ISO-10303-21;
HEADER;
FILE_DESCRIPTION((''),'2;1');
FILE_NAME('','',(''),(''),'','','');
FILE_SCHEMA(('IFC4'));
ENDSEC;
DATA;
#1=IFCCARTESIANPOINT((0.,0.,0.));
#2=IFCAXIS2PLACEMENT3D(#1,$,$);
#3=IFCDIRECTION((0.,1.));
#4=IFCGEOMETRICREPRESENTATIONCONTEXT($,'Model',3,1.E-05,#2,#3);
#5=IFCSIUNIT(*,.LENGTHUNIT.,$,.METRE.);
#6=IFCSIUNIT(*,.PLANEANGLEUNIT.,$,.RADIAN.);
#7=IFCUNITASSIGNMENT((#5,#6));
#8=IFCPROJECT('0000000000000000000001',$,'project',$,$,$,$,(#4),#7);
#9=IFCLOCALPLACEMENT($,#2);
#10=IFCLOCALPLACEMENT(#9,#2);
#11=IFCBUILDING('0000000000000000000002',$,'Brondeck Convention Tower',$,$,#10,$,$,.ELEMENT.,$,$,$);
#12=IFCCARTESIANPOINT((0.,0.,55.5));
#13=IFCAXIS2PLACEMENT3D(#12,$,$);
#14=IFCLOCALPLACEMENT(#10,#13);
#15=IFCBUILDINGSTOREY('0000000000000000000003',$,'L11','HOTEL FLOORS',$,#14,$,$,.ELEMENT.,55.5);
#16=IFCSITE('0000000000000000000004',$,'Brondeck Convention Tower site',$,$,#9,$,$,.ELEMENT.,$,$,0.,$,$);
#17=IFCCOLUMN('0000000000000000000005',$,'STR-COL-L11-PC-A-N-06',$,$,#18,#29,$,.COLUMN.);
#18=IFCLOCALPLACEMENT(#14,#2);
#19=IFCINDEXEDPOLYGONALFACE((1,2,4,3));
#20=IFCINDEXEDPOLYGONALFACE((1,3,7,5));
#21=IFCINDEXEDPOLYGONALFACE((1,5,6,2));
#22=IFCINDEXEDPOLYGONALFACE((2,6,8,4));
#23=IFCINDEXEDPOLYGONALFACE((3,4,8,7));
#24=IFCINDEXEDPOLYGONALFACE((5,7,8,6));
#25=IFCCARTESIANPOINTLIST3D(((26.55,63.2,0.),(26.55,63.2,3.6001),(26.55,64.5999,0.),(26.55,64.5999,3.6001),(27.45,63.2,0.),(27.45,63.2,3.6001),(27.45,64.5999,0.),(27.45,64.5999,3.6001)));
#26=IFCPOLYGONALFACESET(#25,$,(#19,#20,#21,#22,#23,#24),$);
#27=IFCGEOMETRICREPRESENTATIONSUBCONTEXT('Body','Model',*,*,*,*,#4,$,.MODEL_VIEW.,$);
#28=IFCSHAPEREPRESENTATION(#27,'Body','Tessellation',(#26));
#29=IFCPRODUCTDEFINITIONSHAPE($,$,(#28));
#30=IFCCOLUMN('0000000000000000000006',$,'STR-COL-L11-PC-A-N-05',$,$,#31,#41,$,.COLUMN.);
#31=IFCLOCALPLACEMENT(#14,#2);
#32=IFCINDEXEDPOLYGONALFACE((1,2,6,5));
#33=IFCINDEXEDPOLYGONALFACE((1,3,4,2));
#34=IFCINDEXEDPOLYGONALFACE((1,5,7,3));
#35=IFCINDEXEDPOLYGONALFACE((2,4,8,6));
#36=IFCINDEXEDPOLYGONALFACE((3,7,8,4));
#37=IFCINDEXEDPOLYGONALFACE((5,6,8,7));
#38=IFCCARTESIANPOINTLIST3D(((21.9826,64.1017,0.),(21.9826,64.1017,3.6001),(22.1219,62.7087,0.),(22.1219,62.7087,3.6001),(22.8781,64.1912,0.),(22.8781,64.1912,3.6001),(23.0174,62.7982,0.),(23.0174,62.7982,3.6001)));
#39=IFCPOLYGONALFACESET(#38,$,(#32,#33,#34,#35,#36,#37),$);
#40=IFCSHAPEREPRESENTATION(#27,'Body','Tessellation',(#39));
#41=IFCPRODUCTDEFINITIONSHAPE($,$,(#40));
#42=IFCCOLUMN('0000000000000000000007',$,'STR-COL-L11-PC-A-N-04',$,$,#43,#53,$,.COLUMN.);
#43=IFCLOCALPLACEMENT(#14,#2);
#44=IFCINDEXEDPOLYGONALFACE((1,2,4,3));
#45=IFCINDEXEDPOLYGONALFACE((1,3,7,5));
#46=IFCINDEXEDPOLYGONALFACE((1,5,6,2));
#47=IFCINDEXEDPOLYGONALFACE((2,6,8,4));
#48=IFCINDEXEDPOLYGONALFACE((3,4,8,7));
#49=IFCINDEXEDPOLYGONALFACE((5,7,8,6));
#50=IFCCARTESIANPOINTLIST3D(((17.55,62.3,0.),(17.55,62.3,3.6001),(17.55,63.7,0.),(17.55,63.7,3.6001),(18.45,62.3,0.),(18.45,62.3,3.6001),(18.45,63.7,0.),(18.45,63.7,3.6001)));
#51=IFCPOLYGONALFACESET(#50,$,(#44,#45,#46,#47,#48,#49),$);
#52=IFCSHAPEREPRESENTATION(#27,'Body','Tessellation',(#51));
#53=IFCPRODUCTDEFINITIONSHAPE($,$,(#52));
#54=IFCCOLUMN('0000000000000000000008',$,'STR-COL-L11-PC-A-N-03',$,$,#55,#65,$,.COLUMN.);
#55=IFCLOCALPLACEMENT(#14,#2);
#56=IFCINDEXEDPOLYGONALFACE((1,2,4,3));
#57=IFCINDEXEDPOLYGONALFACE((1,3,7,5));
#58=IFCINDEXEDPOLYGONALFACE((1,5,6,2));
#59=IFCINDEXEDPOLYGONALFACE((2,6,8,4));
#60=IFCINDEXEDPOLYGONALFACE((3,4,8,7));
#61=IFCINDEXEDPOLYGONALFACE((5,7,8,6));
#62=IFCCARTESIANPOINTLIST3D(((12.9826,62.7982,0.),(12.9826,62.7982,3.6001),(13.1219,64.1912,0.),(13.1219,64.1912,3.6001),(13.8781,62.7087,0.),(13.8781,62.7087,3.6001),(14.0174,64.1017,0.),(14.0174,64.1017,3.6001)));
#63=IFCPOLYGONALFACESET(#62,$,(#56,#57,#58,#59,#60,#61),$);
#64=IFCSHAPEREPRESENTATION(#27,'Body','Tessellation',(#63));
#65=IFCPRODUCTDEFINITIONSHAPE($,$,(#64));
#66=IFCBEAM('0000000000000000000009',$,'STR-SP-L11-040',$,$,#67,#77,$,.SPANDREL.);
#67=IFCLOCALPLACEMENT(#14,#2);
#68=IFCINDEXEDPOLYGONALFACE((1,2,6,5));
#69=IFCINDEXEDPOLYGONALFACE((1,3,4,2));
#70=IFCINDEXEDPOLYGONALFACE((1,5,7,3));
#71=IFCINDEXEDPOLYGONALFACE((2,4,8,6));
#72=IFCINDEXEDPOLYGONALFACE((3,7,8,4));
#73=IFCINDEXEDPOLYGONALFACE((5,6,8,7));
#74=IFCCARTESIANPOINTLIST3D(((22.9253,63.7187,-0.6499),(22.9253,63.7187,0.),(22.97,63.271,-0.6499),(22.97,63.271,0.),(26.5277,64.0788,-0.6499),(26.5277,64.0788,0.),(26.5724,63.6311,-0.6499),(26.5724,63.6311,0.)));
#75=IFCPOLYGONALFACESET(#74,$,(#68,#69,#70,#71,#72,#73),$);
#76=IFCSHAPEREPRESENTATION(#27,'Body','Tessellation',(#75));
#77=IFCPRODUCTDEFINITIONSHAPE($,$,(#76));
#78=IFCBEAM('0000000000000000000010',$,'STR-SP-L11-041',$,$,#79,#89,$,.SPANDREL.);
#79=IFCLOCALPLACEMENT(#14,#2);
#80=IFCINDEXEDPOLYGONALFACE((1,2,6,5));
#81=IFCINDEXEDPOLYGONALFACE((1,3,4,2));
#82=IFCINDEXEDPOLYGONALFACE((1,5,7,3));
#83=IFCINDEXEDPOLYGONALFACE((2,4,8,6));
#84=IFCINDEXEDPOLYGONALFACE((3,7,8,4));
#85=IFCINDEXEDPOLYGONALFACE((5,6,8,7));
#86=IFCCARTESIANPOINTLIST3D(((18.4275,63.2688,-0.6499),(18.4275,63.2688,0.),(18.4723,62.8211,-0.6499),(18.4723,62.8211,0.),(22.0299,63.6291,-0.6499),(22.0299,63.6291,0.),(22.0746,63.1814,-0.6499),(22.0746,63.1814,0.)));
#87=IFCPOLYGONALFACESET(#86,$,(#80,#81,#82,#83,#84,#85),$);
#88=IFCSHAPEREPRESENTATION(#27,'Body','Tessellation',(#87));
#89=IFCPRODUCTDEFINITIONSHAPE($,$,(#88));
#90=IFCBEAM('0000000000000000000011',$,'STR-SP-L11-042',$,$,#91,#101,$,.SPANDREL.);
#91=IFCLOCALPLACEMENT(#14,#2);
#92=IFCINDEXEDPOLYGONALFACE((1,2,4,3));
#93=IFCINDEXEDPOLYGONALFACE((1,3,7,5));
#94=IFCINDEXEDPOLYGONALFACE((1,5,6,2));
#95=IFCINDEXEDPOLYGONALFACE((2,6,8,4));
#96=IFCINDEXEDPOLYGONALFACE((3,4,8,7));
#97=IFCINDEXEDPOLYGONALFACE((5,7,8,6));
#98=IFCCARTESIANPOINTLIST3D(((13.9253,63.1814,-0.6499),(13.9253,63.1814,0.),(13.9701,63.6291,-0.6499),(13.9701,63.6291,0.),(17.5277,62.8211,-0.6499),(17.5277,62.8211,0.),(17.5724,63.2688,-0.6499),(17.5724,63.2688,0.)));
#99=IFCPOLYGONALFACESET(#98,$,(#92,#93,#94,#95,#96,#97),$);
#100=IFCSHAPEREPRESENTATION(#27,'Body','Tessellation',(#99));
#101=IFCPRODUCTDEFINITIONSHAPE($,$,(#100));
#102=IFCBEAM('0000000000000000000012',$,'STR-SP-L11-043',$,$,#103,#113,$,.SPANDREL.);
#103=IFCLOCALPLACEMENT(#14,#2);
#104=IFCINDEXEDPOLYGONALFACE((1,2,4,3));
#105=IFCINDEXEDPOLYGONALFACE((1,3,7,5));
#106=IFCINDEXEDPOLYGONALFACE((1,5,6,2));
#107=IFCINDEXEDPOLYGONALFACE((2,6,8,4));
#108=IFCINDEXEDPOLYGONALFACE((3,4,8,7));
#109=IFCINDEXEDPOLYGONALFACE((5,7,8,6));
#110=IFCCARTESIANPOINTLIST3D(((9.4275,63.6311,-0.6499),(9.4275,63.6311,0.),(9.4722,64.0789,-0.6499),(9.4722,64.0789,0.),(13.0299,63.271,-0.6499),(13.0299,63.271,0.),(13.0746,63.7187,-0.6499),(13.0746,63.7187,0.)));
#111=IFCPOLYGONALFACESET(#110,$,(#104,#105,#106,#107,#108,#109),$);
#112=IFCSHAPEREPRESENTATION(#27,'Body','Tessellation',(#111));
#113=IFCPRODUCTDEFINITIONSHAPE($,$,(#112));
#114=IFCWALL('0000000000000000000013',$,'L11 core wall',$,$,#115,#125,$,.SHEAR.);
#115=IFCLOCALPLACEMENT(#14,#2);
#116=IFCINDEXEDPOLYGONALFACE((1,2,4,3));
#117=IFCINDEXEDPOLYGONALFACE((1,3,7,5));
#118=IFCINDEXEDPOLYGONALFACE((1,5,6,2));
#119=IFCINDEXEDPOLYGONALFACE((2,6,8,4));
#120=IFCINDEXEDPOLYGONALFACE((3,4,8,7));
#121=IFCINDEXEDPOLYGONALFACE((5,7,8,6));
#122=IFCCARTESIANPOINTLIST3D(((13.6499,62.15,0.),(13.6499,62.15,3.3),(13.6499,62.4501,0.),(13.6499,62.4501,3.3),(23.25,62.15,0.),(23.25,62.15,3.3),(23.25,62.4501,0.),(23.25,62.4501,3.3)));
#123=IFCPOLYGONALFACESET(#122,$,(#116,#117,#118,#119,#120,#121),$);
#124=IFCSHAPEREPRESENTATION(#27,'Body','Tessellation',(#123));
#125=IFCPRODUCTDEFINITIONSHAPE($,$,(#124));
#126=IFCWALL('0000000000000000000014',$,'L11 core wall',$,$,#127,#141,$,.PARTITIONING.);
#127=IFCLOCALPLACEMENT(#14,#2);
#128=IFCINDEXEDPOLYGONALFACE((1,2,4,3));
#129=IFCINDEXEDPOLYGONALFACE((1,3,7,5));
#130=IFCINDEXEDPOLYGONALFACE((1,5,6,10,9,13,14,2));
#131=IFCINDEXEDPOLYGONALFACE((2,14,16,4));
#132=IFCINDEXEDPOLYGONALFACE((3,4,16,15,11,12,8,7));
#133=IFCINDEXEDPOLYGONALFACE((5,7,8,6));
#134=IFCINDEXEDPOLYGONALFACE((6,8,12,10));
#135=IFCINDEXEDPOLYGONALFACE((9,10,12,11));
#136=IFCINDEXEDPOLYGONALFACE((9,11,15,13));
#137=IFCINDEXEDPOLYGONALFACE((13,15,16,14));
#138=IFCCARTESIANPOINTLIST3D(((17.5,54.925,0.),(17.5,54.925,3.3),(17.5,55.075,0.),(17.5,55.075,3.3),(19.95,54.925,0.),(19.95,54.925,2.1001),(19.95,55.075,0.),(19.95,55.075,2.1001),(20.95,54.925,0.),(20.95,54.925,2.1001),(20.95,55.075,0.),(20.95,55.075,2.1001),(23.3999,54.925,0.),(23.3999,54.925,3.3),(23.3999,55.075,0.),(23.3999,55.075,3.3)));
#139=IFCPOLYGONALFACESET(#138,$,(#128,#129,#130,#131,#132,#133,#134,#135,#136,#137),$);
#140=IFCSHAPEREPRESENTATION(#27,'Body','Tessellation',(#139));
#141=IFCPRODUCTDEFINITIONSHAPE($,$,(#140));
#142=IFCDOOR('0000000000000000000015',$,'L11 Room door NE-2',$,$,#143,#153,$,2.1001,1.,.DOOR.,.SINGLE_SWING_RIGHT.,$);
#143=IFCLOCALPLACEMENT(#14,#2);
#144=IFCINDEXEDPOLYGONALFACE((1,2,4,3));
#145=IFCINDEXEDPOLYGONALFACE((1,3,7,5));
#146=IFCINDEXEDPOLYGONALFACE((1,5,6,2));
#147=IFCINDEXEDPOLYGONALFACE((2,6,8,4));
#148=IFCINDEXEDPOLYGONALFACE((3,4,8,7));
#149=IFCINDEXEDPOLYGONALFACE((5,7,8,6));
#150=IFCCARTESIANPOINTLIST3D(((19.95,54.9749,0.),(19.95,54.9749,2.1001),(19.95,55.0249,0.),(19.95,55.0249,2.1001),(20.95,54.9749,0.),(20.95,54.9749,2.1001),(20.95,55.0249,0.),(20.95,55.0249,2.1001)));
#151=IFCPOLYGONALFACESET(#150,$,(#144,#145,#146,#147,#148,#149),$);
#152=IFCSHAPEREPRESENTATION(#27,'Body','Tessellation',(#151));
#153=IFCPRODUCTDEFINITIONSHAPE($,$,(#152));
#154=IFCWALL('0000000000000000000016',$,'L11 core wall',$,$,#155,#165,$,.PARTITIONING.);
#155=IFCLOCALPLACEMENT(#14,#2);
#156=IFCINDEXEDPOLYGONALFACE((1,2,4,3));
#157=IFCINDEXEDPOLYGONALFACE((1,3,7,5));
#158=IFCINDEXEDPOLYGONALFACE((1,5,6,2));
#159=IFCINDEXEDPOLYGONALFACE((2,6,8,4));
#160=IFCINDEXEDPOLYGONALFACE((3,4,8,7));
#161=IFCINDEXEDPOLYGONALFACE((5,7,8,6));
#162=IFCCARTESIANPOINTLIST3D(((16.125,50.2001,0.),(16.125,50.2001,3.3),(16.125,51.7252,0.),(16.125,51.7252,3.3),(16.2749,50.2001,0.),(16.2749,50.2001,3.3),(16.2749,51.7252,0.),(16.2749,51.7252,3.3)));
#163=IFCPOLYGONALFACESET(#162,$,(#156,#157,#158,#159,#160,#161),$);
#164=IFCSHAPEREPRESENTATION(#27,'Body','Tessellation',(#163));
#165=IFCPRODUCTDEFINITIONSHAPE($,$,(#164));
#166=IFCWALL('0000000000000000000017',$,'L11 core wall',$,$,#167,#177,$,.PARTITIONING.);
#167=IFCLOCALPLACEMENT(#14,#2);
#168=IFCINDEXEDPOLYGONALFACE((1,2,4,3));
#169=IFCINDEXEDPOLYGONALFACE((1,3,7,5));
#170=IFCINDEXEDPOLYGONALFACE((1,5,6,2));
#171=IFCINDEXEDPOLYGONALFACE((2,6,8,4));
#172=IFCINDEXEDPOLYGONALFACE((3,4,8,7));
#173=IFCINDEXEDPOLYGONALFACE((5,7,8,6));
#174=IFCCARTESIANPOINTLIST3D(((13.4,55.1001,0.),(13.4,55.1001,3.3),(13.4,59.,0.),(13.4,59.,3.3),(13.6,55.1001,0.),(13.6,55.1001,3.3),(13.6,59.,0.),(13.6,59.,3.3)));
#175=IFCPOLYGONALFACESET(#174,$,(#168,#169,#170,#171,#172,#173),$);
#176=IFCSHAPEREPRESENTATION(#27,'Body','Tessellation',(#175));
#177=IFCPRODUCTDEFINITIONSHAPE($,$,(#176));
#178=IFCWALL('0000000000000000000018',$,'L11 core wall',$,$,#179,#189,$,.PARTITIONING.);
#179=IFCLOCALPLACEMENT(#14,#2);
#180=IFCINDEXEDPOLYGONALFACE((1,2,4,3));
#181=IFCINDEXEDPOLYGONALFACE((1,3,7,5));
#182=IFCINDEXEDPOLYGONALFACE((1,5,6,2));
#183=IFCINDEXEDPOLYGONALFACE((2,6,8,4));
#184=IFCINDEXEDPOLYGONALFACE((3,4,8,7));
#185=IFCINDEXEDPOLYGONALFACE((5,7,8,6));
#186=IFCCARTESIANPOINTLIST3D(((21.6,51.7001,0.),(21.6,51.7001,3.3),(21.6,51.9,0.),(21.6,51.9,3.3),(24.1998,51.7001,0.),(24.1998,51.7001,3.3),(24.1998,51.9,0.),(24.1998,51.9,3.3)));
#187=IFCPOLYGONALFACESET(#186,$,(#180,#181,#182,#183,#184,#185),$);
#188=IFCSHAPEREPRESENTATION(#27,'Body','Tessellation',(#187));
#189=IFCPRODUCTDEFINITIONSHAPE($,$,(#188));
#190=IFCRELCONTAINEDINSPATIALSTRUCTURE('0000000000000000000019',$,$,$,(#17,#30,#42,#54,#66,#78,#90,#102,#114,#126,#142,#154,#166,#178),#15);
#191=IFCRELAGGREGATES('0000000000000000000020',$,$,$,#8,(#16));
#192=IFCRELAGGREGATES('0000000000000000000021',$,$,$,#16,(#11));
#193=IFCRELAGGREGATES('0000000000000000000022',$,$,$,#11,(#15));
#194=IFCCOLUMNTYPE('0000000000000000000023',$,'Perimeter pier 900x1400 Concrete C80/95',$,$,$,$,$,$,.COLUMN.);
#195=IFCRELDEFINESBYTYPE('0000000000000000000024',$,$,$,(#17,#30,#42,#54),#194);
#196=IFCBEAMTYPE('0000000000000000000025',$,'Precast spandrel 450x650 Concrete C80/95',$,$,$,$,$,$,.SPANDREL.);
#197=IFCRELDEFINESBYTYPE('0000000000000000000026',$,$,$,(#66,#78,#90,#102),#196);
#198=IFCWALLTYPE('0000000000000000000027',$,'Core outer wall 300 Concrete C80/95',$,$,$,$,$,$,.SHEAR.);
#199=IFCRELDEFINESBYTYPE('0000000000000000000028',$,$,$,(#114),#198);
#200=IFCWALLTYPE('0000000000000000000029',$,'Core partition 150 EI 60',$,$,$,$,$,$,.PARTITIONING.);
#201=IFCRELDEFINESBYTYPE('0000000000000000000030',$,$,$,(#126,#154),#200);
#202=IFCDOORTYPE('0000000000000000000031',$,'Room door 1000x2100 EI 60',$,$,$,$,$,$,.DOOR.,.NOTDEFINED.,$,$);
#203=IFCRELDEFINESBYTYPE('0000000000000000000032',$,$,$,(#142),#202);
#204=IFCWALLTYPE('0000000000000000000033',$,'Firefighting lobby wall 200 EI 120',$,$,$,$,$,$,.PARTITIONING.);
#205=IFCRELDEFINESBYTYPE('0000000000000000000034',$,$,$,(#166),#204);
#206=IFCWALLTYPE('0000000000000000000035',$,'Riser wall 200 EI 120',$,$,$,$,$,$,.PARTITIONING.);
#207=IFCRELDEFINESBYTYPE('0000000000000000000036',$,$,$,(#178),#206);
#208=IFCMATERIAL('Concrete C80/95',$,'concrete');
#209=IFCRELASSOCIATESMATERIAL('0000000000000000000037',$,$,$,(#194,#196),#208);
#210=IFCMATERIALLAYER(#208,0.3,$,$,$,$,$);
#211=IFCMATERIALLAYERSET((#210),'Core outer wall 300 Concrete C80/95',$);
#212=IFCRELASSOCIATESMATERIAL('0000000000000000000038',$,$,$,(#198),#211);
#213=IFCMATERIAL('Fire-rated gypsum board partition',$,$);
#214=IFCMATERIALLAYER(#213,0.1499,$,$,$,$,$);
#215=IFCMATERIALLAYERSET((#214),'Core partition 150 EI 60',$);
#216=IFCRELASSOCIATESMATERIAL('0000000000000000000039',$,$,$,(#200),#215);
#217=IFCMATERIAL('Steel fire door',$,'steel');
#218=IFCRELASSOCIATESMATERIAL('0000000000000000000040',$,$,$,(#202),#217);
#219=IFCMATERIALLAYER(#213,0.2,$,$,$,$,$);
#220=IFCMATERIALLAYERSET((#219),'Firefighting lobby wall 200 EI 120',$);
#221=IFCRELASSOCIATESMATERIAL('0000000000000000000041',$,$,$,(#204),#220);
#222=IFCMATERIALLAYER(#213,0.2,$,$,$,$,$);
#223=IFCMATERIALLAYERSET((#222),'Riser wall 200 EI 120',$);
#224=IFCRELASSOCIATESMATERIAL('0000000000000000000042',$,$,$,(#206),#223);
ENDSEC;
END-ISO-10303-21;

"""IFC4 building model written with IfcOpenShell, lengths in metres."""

from ifc_helpers import new_model, si_unit, direction, frame, frame_2d, origin, origin_2d, place, context, subcontext, project, spatial, rectangle, extrude, material, layer, layer_set, material_profile, profile_set, type_object, element, fill, save


model = new_model("IFC4")

# Units and contexts
model_context = context("Model", 3, precision=1e-05, world=origin(), true_north=direction((0.0, 1.0)))
body_context = subcontext(model_context, "Body", "Model", "MODEL_VIEW")
ifc_project = project(units=[si_unit("LENGTHUNIT", "METRE"), si_unit("PLANEANGLEUNIT", "RADIAN")], contexts=[model_context])

# Site, building, storey
site_placement = place(None, origin())
site = spatial("IfcSite", under=ifc_project, at=site_placement, Name="Brondeck Convention Tower site", CompositionType="ELEMENT", RefElevation=0.0)
building_placement = place(site_placement, origin())
building = spatial("IfcBuilding", under=site, at=building_placement, Name="Brondeck Convention Tower", CompositionType="ELEMENT")
storey_placement = place(building_placement, frame((0.0, 0.0, 55.5)))
storey = spatial("IfcBuildingStorey", under=building, at=storey_placement, Name="L11", Description="HOTEL FLOORS", CompositionType="ELEMENT", Elevation=55.5)

# Columns
ifc_material_1 = material(Name="Concrete C80/95", Category="concrete")
ifc_material_profile_1 = material_profile(ifc_material_1, rectangle(XDim=0.8999, YDim=1.3999, at=origin_2d()), Name="Perimeter pier 900x1400 Concrete C80/95")
ifc_profile_set_1 = profile_set([ifc_material_profile_1], Name="Concrete C80/95")
column_type = type_object("IfcColumnType", Name="Perimeter pier 900x1400 Concrete C80/95", PredefinedType="COLUMN", material=ifc_profile_set_1)
for number, where, z_axis, x_axis, name in (
    (1, (27.0, 63.8999, 0.0), (0.0, 0.0, 1.0), (-1.0, 0.0, 0.0), "STR-COL-L11-PC-A-N-06"),
    (2, (22.5, 63.45, 0.0), (0.0, 0.0, 1.0), (-0.995037, -0.099504, 0.0), "STR-COL-L11-PC-A-N-05"),
    (3, (18.0, 63.0, 0.0), (0.0, 0.0, 1.0), (-1.0, 0.0, 0.0), "STR-COL-L11-PC-A-N-04"),
    (4, (13.5, 63.45, 0.0), (0.0, 0.0, 1.0), (-0.995037, 0.099504, 0.0), "STR-COL-L11-PC-A-N-03"),
):
    element("IfcColumn", number, at=place(storey_placement, frame(where, z_axis=z_axis, x_axis=x_axis)), inside=storey, type_object=column_type, Name=name, PredefinedType="COLUMN", context=body_context, shape_type="SweptSolid", body=[
        extrude(rectangle(XDim=0.8999, YDim=1.3999, at=origin_2d()), origin(), (0.0, 0.0, 1.0), 3.6001),
    ])

# Beams
ifc_material_profile_2 = material_profile(ifc_material_1, rectangle(XDim=0.45, YDim=0.6499, at=origin_2d()), Name="Precast spandrel 450x650 Concrete C80/95")
ifc_profile_set_2 = profile_set([ifc_material_profile_2], Name="Concrete C80/95")
beam_type = type_object("IfcBeamType", Name="Precast spandrel 450x650 Concrete C80/95", PredefinedType="SPANDREL", material=ifc_profile_set_2)
for number, where, z_axis, x_axis, name in (
    (5, (26.55, 63.855, -0.325), (-0.995041, -0.09947, 0.0), (0.09947, -0.995041, 0.0), "STR-SP-L11-040"),
    (6, (22.0522, 63.4053, -0.325), (-0.995034, -0.099537, 0.0), (0.099537, -0.995034, 0.0), "STR-SP-L11-041"),
    (7, (17.55, 63.0449, -0.325), (-0.995034, 0.099537, 0.0), (-0.099537, -0.995034, 0.0), "STR-SP-L11-042"),
    (8, (13.0522, 63.4949, -0.325), (-0.995041, 0.09947, 0.0), (-0.09947, -0.995041, 0.0), "STR-SP-L11-043"),
):
    element("IfcBeam", number, at=place(storey_placement, frame(where, z_axis=z_axis, x_axis=x_axis)), inside=storey, type_object=beam_type, Name=name, PredefinedType="SPANDREL", context=body_context, shape_type="SweptSolid", body=[
        extrude(rectangle(XDim=0.45, YDim=0.6499, at=origin_2d()), origin(), (0.0, 0.0, 1.0), 3.6204),
    ])

# Wall
ifc_layer_1 = layer(ifc_material_1, 0.3)
ifc_layer_set_1 = layer_set([ifc_layer_1], Name="Core outer wall 300 Concrete C80/95")
wall_type_1 = type_object("IfcWallType", Name="Core outer wall 300 Concrete C80/95", PredefinedType="SHEAR", material=ifc_layer_set_1)
wall_1_placement = place(storey_placement, frame((13.6499, 62.3, 0.0), z_axis=(0.0, 0.0, 1.0), x_axis=(1.0, 0.0, 0.0)))
element("IfcWall", 9, at=wall_1_placement, inside=storey, type_object=wall_type_1, Name="L11 core wall", PredefinedType="SHEAR", context=body_context, shape_type="SweptSolid", body=[
    extrude(rectangle(XDim=9.6001, YDim=0.3, at=frame_2d((4.8, 0.0))), origin(), (0.0, 0.0, 1.0), 3.3),
])

# Wall, opening, door
ifc_material_2 = material(Name="Fire-rated gypsum board partition")
ifc_layer_2 = layer(ifc_material_2, 0.1499)
ifc_layer_set_2 = layer_set([ifc_layer_2], Name="Core partition 150 EI 60")
wall_type_2 = type_object("IfcWallType", Name="Core partition 150 EI 60", PredefinedType="PARTITIONING", material=ifc_layer_set_2)
wall_2_placement = place(storey_placement, frame((17.5, 55.0, 0.0), z_axis=(0.0, 0.0, 1.0), x_axis=(1.0, 0.0, 0.0)))
wall_2 = element("IfcWall", 10, at=wall_2_placement, inside=storey, type_object=wall_type_2, Name="L11 core wall", PredefinedType="PARTITIONING", context=body_context, shape_type="SweptSolid", body=[
    extrude(rectangle(XDim=5.8999, YDim=0.1499, at=frame_2d((2.95, 0.0))), origin(), (0.0, 0.0, 1.0), 3.3),
])
opening_1_placement = place(wall_2_placement, frame((2.45, 0.0, 0.0)))
opening_1 = element("IfcOpeningElement", 11, at=opening_1_placement, cuts=wall_2, PredefinedType="OPENING", context=body_context, shape_type="SweptSolid", body=[
    extrude(rectangle(XDim=1.0, YDim=2.1001, at=frame_2d((0.5, 1.05))), frame((0.0, 0.085, 0.0), z_axis=(0.0, -1.0, 0.0), x_axis=(1.0, 0.0, 0.0)), (0.0, 0.0, 1.0), 0.1699),
])
ifc_material_3 = material(Name="Steel fire door", Category="steel")
door_type_1 = type_object("IfcDoorType", Name="Room door 1000x2100 EI 60", OperationType="NOTDEFINED", PredefinedType="DOOR", material=ifc_material_3)
door_1_placement = place(opening_1_placement, origin())
door_1 = element("IfcDoor", 12, at=door_1_placement, inside=storey, type_object=door_type_1, Name="L11 Room door NE-2", OperationType="SINGLE_SWING_RIGHT", OverallHeight=2.1001, OverallWidth=1.0, PredefinedType="DOOR", context=body_context, shape_type="SweptSolid", body=[
    extrude(rectangle(XDim=1.0, YDim=2.1001, at=frame_2d((0.5, 1.05))), frame((0.0, 0.0249, 0.0), z_axis=(0.0, -1.0, 0.0), x_axis=(1.0, 0.0, 0.0)), (0.0, 0.0, 1.0), 0.05),
])
fill(opening_1, door_1)

# Walls
wall_3_placement = place(storey_placement, frame((16.2, 50.2, 0.0), z_axis=(0.0, 0.0, 1.0), x_axis=(0.0, 1.0, 0.0)))
element("IfcWall", 13, at=wall_3_placement, inside=storey, type_object=wall_type_2, Name="L11 core wall", PredefinedType="PARTITIONING", context=body_context, shape_type="SweptSolid", body=[
    extrude(rectangle(XDim=1.5251, YDim=0.1499, at=frame_2d((0.7627, 0.0))), origin(), (0.0, 0.0, 1.0), 3.3),
])
ifc_layer_3 = layer(ifc_material_2, 0.2)
ifc_layer_set_3 = layer_set([ifc_layer_3], Name="Firefighting lobby wall 200 EI 120")
wall_type_3 = type_object("IfcWallType", Name="Firefighting lobby wall 200 EI 120", PredefinedType="PARTITIONING", material=ifc_layer_set_3)
wall_4_placement = place(storey_placement, frame((13.5, 55.1001, 0.0), z_axis=(0.0, 0.0, 1.0), x_axis=(0.0, 1.0, 0.0)))
element("IfcWall", 14, at=wall_4_placement, inside=storey, type_object=wall_type_3, Name="L11 core wall", PredefinedType="PARTITIONING", context=body_context, shape_type="SweptSolid", body=[
    extrude(rectangle(XDim=3.8999, YDim=0.2, at=frame_2d((1.95, 0.0))), origin(), (0.0, 0.0, 1.0), 3.3),
])
ifc_layer_4 = layer(ifc_material_2, 0.2)
ifc_layer_set_4 = layer_set([ifc_layer_4], Name="Riser wall 200 EI 120")
wall_type_4 = type_object("IfcWallType", Name="Riser wall 200 EI 120", PredefinedType="PARTITIONING", material=ifc_layer_set_4)
wall_5_placement = place(storey_placement, frame((21.6001, 51.8, 0.0), z_axis=(0.0, 0.0, 1.0), x_axis=(1.0, 0.0, 0.0)))
element("IfcWall", 15, at=wall_5_placement, inside=storey, type_object=wall_type_4, Name="L11 core wall", PredefinedType="PARTITIONING", context=body_context, shape_type="SweptSolid", body=[
    extrude(rectangle(XDim=2.5999, YDim=0.2, at=frame_2d((1.2998, 0.0))), origin(), (0.0, 0.0, 1.0), 3.3),
])

save(model, "model.ifc")
